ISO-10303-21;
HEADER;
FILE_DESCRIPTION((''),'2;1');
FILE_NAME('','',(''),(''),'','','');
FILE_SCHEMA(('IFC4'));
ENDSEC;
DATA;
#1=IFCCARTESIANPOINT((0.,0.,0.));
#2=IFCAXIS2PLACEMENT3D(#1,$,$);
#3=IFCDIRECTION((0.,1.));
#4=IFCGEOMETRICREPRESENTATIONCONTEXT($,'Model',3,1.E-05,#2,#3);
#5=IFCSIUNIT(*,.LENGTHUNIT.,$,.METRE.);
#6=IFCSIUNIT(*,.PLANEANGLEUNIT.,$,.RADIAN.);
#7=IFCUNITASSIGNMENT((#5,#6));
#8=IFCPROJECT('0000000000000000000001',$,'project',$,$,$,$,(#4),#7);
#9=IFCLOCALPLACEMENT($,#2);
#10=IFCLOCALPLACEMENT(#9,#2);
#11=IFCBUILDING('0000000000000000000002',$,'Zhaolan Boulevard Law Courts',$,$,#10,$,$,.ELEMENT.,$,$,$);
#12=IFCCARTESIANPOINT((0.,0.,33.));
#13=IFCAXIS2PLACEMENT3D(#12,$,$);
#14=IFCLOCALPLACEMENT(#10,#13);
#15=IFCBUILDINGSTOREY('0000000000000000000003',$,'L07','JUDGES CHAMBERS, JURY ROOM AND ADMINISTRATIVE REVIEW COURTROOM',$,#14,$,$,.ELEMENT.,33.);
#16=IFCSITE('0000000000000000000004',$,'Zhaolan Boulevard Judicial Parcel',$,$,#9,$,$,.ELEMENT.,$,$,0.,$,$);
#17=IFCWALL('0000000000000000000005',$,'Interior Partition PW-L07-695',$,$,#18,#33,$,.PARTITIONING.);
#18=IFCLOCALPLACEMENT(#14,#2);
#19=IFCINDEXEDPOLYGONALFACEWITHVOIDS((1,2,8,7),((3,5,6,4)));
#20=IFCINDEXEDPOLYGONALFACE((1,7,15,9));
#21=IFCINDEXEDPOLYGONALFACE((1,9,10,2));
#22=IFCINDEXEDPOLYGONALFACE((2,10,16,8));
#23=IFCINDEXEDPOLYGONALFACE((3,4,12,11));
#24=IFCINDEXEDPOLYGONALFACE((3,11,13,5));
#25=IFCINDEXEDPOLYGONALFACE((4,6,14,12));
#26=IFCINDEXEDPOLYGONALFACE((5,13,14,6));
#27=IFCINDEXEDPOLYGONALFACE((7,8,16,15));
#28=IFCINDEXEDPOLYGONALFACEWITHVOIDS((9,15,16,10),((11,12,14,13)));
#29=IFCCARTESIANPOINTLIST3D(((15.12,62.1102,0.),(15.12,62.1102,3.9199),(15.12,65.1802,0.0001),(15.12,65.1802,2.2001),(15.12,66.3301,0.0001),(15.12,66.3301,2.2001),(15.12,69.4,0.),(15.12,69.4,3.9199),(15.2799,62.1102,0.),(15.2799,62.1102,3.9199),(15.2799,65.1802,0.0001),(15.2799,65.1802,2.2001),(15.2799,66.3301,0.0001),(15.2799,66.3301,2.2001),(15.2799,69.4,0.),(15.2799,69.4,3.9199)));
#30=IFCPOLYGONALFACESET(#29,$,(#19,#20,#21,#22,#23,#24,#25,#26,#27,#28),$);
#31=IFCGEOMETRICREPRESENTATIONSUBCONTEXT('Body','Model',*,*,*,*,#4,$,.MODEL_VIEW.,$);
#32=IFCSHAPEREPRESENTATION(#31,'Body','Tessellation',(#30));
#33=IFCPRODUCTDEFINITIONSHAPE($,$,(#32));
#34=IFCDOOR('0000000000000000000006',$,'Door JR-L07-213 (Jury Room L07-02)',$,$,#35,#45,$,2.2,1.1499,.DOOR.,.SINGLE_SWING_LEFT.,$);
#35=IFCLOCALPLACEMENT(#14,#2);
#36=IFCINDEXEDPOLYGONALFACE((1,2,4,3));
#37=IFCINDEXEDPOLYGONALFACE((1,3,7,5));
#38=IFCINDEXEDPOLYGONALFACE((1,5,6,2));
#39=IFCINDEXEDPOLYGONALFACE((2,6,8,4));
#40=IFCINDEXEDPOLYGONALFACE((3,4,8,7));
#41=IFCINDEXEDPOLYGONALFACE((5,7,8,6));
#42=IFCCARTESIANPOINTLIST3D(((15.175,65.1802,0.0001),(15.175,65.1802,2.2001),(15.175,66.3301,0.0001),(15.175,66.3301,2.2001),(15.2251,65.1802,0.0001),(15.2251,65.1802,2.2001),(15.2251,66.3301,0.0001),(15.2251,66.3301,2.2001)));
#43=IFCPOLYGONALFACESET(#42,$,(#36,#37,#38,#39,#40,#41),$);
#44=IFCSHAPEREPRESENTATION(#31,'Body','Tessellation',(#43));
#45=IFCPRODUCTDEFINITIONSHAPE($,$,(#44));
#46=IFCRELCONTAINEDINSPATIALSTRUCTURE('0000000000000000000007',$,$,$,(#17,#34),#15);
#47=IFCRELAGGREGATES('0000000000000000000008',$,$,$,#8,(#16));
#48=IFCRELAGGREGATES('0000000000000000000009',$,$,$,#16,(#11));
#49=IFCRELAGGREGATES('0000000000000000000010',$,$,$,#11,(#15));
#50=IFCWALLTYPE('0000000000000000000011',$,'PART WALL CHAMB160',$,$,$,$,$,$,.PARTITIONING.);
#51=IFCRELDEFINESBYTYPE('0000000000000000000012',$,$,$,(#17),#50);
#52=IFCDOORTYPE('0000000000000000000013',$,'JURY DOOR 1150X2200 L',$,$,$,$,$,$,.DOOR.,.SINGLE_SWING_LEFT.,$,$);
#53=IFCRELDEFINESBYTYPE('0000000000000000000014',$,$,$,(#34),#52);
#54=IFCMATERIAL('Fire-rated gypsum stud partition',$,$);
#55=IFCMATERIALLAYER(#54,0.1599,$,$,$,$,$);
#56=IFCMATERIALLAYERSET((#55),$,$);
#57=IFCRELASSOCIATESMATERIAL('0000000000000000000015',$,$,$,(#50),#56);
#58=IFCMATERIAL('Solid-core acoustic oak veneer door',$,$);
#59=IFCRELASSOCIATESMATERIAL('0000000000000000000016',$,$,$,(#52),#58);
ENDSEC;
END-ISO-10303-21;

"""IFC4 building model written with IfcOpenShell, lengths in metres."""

from ifc_helpers import new_model, si_unit, direction, frame, frame_2d, origin, place, context, subcontext, project, spatial, rectangle, extrude, material, layer, layer_set, type_object, element, fill, save


model = new_model("IFC4")

# Units and contexts
model_context = context("Model", 3, precision=1e-05, world=origin(), true_north=direction((0.0, 1.0)))
body_context = subcontext(model_context, "Body", "Model", "MODEL_VIEW")
ifc_project = project(units=[si_unit("LENGTHUNIT", "METRE"), si_unit("PLANEANGLEUNIT", "RADIAN")], contexts=[model_context])

# Site, building, storey
site_placement = place(None, origin())
site = spatial("IfcSite", under=ifc_project, at=site_placement, Name="Zhaolan Boulevard Judicial Parcel", CompositionType="ELEMENT", RefElevation=0.0)
building_placement = place(site_placement, origin())
building = spatial("IfcBuilding", under=site, at=building_placement, Name="Zhaolan Boulevard Law Courts", CompositionType="ELEMENT")
storey_placement = place(building_placement, frame((0.0, 0.0, 33.0)))
storey = spatial("IfcBuildingStorey", under=building, at=storey_placement, Name="L07", Description="JUDGES CHAMBERS, JURY ROOM AND ADMINISTRATIVE REVIEW COURTROOM", CompositionType="ELEMENT", Elevation=33.0)

# Shared definitions
ifc_material_1 = material(Name="Fire-rated gypsum stud partition")
ifc_layer_1 = layer(ifc_material_1, 0.1599)
ifc_layer_set_1 = layer_set([ifc_layer_1])
wall_type_1 = type_object("IfcWallType", Name="PART WALL CHAMB160", PredefinedType="PARTITIONING", material=ifc_layer_set_1)

# Wall, opening, door
wall_1_placement = place(storey_placement, frame((15.2, 62.1101, 0.0), z_axis=(0.0, 0.0, 1.0), x_axis=(0.0, 1.0, 0.0)))
wall_1 = element("IfcWall", 1, at=wall_1_placement, inside=storey, type_object=wall_type_1, Name="Interior Partition PW-L07-695", PredefinedType="PARTITIONING", context=body_context, shape_type="SweptSolid", body=[
    extrude(rectangle(XDim=7.2898, YDim=0.1599, at=frame_2d((3.645, 0.0))), origin(), (0.0, 0.0, 1.0), 3.9199),
])
opening_1_placement = place(wall_1_placement, frame((3.0701, 0.0, 0.0)))
opening_1 = element("IfcOpeningElement", 2, at=opening_1_placement, cuts=wall_1, PredefinedType="OPENING", context=body_context, shape_type="SweptSolid", body=[
    extrude(rectangle(XDim=1.1499, YDim=2.2, at=frame_2d((0.575, 1.1001))), frame((0.0, 0.0898, 0.0), z_axis=(0.0, -1.0, 0.0), x_axis=(1.0, 0.0, 0.0)), (0.0, 0.0, 1.0), 0.1799),
])
ifc_material_2 = material(Name="Solid-core acoustic oak veneer door")
door_type = type_object("IfcDoorType", Name="JURY DOOR 1150X2200 L", OperationType="SINGLE_SWING_LEFT", PredefinedType="DOOR", material=ifc_material_2)
door_placement = place(opening_1_placement, origin())
door = element("IfcDoor", 3, at=door_placement, inside=storey, type_object=door_type, Name="Door JR-L07-213 (Jury Room L07-02)", OperationType="SINGLE_SWING_LEFT", OverallHeight=2.2, OverallWidth=1.1499, PredefinedType="DOOR", context=body_context, shape_type="SweptSolid", body=[
    extrude(rectangle(XDim=1.1499, YDim=2.2, at=frame_2d((0.575, 1.1001))), frame((0.0, 0.0249, 0.0), z_axis=(0.0, -1.0, 0.0), x_axis=(1.0, 0.0, 0.0)), (0.0, 0.0, 1.0), 0.05),
])
fill(opening_1, door)

save(model, "model.ifc")
